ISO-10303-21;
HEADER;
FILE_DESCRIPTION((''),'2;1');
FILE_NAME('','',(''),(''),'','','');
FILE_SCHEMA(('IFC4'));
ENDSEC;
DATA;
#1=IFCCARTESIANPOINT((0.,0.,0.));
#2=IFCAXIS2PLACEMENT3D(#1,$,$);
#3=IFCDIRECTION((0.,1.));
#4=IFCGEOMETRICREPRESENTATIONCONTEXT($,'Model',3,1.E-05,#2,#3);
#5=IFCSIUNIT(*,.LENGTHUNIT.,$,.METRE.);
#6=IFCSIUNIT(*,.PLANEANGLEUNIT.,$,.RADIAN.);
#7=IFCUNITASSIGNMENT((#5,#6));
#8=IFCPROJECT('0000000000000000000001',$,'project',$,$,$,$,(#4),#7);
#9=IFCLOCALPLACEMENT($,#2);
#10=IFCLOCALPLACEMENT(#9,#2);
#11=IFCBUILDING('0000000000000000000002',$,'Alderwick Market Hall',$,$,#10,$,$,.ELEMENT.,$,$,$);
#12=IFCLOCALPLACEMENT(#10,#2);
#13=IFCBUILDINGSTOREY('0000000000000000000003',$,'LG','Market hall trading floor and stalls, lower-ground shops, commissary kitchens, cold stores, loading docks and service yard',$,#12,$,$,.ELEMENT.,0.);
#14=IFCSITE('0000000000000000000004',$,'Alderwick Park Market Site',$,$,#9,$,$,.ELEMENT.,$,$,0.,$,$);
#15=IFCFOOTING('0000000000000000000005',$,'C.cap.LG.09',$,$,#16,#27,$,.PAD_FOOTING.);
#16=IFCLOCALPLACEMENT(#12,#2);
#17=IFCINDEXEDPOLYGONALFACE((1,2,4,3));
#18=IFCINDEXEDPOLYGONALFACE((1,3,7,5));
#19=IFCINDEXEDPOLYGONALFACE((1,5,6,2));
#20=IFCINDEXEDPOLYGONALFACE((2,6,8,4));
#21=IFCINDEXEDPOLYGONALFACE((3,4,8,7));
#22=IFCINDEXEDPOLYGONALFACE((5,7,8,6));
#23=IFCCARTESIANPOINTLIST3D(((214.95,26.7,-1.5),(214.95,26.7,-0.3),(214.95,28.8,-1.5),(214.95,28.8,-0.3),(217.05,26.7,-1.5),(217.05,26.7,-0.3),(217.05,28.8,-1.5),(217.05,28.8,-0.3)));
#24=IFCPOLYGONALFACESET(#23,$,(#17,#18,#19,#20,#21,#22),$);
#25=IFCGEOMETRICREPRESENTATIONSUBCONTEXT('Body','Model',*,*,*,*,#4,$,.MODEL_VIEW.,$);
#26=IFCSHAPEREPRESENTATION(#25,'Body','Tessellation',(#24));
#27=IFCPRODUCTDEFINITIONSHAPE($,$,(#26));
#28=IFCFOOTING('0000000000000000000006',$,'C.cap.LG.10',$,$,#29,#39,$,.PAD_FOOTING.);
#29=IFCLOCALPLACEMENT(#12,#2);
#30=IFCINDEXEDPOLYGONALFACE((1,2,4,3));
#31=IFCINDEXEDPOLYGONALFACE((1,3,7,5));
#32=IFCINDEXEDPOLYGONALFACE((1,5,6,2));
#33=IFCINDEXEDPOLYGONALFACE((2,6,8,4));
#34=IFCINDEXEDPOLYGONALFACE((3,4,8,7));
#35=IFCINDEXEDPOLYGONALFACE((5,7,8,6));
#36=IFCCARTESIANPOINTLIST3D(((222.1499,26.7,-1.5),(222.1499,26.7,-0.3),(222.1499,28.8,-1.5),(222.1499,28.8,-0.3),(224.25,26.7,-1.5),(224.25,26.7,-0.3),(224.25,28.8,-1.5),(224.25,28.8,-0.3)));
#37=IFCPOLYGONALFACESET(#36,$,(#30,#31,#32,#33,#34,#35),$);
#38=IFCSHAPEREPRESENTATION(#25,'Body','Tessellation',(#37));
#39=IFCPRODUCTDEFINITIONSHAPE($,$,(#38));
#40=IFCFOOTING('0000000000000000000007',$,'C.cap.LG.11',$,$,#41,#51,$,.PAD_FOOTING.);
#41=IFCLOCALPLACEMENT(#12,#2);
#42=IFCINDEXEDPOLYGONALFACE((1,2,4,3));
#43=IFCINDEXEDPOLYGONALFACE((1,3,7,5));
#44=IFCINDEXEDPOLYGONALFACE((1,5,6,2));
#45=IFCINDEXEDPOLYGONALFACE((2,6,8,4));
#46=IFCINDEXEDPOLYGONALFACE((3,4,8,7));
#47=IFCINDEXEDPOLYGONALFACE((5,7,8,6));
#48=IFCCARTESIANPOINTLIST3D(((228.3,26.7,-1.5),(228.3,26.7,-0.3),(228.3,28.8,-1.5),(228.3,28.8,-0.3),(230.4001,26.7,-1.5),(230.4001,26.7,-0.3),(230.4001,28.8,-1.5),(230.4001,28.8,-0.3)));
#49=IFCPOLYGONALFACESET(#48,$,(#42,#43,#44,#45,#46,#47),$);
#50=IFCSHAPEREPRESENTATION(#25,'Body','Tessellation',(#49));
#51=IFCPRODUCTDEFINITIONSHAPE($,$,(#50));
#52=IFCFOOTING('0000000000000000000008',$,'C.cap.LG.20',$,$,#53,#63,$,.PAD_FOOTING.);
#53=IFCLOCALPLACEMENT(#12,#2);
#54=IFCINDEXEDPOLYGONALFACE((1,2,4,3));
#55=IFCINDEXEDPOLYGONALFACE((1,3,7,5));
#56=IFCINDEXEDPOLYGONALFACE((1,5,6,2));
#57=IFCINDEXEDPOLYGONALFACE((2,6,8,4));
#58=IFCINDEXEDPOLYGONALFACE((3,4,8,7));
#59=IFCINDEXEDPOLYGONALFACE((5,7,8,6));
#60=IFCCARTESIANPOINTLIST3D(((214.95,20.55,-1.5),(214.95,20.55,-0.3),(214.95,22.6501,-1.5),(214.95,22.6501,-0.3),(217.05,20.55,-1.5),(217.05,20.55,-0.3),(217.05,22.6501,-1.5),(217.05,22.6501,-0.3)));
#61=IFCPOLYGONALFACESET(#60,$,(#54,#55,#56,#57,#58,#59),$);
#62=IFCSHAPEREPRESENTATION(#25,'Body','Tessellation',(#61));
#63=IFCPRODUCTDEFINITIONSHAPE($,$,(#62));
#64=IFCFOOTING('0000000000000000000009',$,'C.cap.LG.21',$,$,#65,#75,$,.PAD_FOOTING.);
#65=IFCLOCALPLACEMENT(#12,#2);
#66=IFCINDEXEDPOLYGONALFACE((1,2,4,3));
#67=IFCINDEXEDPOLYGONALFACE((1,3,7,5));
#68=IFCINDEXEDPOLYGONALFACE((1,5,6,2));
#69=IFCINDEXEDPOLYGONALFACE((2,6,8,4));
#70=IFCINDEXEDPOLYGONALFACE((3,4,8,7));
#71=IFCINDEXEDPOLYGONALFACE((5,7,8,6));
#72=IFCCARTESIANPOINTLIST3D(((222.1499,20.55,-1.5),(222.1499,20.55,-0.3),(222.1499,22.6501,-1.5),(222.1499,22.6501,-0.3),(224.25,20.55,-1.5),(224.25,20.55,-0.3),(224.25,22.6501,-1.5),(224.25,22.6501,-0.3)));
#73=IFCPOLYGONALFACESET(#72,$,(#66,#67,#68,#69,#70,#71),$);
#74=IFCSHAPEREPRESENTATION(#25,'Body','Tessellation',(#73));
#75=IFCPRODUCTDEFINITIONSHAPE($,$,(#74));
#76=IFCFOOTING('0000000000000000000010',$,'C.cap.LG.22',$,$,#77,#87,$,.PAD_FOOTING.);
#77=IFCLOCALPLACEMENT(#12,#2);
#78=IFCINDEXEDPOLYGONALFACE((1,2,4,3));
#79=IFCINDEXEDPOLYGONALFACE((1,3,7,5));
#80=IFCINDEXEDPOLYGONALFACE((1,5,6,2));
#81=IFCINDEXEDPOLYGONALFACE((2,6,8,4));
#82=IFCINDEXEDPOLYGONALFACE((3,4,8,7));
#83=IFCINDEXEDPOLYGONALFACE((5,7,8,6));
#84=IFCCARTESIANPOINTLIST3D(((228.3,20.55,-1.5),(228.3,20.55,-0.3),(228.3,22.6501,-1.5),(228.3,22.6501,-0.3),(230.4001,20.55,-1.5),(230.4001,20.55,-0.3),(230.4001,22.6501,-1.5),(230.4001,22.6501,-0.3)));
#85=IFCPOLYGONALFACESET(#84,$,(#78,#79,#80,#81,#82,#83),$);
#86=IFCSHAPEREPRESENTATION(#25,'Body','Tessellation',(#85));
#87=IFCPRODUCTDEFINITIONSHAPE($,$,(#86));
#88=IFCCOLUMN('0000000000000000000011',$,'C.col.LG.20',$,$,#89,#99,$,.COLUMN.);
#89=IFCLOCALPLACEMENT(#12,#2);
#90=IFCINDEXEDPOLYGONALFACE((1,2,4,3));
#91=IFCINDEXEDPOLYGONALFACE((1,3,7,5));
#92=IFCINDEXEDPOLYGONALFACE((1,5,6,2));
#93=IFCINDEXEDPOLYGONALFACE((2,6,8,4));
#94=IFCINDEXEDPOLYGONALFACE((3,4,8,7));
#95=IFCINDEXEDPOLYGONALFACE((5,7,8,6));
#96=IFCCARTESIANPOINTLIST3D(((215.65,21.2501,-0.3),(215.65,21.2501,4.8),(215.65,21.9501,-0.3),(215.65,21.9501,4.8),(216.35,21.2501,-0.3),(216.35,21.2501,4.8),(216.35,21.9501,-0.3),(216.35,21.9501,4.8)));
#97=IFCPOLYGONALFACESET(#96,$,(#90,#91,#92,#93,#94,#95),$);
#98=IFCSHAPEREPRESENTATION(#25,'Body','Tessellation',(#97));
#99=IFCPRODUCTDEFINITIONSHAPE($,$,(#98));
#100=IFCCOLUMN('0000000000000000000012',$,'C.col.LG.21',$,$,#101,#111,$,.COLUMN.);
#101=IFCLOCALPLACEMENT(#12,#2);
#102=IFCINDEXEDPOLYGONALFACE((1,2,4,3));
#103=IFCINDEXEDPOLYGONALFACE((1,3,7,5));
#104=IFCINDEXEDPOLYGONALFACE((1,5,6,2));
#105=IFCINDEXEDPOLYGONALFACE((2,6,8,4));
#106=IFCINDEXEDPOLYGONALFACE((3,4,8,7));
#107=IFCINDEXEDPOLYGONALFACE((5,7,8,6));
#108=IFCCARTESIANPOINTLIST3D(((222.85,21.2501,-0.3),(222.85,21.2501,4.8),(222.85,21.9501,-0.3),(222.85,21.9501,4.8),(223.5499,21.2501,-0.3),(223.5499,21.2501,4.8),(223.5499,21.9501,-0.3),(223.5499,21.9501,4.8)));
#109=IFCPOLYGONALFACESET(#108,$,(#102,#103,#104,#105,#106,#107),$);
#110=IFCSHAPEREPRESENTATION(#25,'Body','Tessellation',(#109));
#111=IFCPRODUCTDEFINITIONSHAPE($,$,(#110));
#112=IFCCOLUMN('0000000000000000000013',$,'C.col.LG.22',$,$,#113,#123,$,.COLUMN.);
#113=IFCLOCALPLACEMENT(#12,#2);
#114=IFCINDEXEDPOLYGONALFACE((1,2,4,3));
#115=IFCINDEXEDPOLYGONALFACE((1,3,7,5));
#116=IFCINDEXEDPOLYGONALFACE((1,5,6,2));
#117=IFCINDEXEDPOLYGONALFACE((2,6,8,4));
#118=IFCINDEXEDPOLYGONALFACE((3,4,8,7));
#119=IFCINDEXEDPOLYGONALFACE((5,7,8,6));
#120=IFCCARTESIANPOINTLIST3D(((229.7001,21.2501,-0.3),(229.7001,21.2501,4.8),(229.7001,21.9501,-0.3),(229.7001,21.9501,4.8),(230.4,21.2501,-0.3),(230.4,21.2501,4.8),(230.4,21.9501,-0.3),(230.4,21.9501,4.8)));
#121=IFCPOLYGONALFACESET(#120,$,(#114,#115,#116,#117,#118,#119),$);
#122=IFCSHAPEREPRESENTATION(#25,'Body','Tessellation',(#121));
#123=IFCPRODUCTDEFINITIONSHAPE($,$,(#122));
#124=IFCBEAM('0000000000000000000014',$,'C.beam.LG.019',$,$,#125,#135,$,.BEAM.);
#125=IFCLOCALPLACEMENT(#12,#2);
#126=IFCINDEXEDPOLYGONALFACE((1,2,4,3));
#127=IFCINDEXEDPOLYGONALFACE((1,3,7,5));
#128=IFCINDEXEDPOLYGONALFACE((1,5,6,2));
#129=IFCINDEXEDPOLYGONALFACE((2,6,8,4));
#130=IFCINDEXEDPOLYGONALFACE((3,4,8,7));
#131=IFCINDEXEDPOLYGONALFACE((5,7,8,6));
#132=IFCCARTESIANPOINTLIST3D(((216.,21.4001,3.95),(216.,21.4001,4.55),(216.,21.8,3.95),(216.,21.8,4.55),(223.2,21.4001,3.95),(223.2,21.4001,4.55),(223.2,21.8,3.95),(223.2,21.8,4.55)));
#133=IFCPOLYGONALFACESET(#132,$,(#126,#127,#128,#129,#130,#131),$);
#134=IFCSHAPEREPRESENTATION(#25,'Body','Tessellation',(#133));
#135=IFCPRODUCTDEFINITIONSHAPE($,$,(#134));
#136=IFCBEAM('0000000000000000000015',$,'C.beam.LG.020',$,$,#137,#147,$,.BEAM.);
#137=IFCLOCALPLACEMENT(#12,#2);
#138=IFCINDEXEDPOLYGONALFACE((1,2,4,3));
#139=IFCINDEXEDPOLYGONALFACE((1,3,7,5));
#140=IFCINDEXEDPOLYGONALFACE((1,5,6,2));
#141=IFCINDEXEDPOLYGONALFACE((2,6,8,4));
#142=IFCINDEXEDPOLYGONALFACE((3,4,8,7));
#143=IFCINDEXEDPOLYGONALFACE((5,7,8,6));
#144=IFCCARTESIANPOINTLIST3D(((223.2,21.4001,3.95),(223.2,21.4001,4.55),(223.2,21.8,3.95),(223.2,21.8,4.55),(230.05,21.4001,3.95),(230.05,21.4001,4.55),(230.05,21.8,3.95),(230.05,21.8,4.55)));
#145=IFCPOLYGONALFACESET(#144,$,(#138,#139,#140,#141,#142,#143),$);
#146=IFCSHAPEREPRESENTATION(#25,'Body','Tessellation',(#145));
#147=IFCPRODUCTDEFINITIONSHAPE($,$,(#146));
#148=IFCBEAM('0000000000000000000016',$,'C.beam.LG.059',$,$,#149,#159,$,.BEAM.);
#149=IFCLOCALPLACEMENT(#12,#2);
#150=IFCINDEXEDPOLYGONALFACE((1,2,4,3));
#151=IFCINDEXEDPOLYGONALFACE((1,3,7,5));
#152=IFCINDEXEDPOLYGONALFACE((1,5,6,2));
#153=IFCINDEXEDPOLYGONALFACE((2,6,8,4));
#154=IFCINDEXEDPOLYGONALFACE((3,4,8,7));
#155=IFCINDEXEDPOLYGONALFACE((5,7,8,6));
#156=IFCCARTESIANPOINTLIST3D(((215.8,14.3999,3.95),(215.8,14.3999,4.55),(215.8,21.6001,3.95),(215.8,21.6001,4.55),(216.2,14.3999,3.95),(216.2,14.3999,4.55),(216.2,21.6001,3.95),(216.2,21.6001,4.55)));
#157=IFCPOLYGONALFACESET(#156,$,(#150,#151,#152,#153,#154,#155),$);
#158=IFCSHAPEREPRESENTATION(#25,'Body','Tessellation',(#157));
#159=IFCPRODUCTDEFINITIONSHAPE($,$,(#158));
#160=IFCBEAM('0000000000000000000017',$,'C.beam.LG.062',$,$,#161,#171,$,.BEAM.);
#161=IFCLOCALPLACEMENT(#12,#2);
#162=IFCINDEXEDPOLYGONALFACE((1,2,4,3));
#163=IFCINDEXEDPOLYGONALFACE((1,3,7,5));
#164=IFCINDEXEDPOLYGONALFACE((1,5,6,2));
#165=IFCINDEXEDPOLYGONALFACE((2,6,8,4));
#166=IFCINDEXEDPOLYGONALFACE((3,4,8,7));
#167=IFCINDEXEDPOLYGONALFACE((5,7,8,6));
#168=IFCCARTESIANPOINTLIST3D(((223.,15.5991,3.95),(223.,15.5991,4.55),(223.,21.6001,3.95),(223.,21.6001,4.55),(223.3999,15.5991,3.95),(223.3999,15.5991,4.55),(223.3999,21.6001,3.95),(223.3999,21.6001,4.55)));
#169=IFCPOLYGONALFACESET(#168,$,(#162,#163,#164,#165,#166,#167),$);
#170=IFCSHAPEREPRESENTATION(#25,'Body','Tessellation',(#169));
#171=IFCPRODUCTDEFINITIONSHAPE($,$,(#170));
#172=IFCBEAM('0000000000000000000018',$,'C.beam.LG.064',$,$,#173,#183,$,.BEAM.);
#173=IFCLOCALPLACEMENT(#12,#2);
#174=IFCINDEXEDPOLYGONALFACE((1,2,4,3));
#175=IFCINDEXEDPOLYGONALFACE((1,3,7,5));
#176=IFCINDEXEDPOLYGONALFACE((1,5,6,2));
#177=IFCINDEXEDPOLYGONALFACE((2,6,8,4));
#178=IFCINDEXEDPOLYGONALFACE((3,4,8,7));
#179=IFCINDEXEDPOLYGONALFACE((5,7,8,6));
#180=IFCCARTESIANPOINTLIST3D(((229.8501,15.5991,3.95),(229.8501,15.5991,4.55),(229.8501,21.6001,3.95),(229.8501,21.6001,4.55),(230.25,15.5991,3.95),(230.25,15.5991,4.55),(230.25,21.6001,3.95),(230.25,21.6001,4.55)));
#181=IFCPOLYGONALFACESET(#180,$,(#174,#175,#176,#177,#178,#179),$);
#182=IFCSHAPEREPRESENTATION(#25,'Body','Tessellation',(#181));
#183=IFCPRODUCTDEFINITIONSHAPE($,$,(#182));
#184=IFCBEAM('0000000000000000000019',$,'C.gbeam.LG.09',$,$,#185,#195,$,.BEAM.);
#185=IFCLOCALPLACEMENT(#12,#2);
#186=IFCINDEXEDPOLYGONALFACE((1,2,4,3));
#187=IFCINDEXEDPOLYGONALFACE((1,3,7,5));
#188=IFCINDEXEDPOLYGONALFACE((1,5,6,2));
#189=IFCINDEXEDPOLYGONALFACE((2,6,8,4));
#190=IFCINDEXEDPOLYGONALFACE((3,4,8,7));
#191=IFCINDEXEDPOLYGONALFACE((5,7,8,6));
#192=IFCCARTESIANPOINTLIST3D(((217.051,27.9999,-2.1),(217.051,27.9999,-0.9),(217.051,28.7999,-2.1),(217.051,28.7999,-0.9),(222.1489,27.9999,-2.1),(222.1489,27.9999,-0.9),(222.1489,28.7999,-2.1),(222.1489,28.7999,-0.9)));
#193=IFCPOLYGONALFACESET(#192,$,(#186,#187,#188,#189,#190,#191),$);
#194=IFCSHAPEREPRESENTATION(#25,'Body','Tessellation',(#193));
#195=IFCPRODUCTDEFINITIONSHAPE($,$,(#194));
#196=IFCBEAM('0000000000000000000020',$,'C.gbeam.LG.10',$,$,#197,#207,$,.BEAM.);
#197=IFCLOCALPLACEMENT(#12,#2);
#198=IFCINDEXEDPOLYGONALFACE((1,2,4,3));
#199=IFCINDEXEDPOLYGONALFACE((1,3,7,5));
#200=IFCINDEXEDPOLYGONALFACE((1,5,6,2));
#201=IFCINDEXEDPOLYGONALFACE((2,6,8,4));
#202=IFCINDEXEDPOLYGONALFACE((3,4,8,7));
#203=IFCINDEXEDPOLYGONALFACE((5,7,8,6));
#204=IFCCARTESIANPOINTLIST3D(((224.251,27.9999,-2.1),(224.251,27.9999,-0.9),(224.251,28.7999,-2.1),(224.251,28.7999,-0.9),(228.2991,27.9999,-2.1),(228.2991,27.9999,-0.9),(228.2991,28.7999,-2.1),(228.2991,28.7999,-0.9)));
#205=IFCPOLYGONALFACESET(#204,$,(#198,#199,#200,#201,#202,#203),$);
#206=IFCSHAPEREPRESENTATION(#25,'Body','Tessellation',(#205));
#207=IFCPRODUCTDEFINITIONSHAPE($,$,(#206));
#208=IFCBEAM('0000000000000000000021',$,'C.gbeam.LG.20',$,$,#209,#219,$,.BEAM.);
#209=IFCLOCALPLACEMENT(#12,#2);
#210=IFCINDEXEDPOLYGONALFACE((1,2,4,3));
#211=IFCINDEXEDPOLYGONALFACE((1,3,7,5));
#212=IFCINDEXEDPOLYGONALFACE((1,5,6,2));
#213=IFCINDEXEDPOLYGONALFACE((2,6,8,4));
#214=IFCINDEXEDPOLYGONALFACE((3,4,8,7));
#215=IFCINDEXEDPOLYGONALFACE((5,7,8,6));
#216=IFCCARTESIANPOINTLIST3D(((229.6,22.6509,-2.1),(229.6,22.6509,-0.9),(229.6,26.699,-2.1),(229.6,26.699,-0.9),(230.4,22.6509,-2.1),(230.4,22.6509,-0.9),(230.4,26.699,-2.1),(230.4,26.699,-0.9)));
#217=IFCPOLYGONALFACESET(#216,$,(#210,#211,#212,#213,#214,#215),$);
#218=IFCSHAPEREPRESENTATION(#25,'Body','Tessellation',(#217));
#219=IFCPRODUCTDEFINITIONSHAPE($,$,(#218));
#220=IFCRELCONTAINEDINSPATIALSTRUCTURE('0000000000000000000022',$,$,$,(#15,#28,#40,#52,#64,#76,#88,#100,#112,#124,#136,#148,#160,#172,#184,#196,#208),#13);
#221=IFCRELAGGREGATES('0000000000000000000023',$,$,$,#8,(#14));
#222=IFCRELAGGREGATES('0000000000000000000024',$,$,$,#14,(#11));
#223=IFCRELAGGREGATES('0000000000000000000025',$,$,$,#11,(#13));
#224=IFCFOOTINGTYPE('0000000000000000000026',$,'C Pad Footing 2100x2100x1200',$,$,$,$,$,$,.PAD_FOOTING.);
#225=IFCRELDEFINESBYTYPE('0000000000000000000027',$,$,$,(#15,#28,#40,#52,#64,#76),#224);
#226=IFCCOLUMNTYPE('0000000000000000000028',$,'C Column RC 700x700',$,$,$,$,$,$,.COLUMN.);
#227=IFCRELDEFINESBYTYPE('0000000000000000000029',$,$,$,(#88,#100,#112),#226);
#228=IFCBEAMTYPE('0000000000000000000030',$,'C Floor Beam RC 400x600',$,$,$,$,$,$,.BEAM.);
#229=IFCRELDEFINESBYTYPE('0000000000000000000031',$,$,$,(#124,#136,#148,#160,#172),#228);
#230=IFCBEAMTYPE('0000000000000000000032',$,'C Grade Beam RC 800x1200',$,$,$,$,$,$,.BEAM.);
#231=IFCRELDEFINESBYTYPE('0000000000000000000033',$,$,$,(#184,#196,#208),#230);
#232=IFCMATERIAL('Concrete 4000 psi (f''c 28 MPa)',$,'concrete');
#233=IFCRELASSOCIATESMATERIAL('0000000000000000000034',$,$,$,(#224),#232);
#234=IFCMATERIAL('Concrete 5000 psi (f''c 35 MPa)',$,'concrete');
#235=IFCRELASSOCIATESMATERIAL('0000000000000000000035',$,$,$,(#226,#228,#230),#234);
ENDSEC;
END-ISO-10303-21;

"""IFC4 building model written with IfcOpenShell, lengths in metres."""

from ifc_helpers import new_model, si_unit, direction, frame, origin, origin_2d, place, context, subcontext, project, spatial, rectangle, extrude, material, material_profile, profile_set, type_object, element, save


model = new_model("IFC4")

# Units and contexts
model_context = context("Model", 3, precision=1e-05, world=origin(), true_north=direction((0.0, 1.0)))
body_context = subcontext(model_context, "Body", "Model", "MODEL_VIEW")
ifc_project = project(units=[si_unit("LENGTHUNIT", "METRE"), si_unit("PLANEANGLEUNIT", "RADIAN")], contexts=[model_context])

# Site, building, storey
site_placement = place(None, origin())
site = spatial("IfcSite", under=ifc_project, at=site_placement, Name="Alderwick Park Market Site", CompositionType="ELEMENT", RefElevation=0.0)
building_placement = place(site_placement, origin())
building = spatial("IfcBuilding", under=site, at=building_placement, Name="Alderwick Market Hall", CompositionType="ELEMENT")
storey_placement = place(building_placement, origin())
storey = spatial("IfcBuildingStorey", under=building, at=storey_placement, Name="LG", Description="Market hall trading floor and stalls, lower-ground shops, commissary kitchens, cold stores, loading docks and service yard", CompositionType="ELEMENT", Elevation=0.0)

# Footings
ifc_material_1 = material(Name="Concrete 4000 psi (f'c 28 MPa)", Category="concrete")
footing_type = type_object("IfcFootingType", Name="C Pad Footing 2100x2100x1200", PredefinedType="PAD_FOOTING", material=ifc_material_1)
for number, where, z_axis, x_axis, name in (
    (1, (216.0, 27.75, -1.5), (0.0, 0.0, 1.0), (1.0, 0.0, 0.0), "C.cap.LG.09"),
    (2, (223.2, 27.75, -1.5), (0.0, 0.0, 1.0), (1.0, 0.0, 0.0), "C.cap.LG.10"),
    (3, (229.3501, 27.75, -1.5), (0.0, 0.0, 1.0), (1.0, 0.0, 0.0), "C.cap.LG.11"),
    (4, (216.0, 21.6001, -1.5), (0.0, 0.0, 1.0), (1.0, 0.0, 0.0), "C.cap.LG.20"),
    (5, (223.2, 21.6001, -1.5), (0.0, 0.0, 1.0), (1.0, 0.0, 0.0), "C.cap.LG.21"),
    (6, (229.3501, 21.6001, -1.5), (0.0, 0.0, 1.0), (1.0, 0.0, 0.0), "C.cap.LG.22"),
):
    element("IfcFooting", number, at=place(storey_placement, frame(where, z_axis=z_axis, x_axis=x_axis)), inside=storey, type_object=footing_type, Name=name, PredefinedType="PAD_FOOTING", context=body_context, shape_type="SweptSolid", body=[
        extrude(rectangle(XDim=2.1001, YDim=2.1001, at=origin_2d()), origin(), (0.0, 0.0, 1.0), 1.2),
    ])

# Columns
ifc_material_2 = material(Name="Concrete 5000 psi (f'c 35 MPa)", Category="concrete")
ifc_material_profile_1 = material_profile(ifc_material_2, rectangle(XDim=0.7, YDim=0.7, at=origin_2d()), Name="RC 700x700")
ifc_profile_set_1 = profile_set([ifc_material_profile_1], Name="Concrete 5000 psi (f'c 35 MPa)")
column_type = type_object("IfcColumnType", Name="C Column RC 700x700", PredefinedType="COLUMN", material=ifc_profile_set_1)
for number, where, z_axis, x_axis, name in (
    (7, (216.0, 21.6001, -0.3), (0.0, 0.0, 1.0), (1.0, 0.0, 0.0), "C.col.LG.20"),
    (8, (223.2, 21.6001, -0.3), (0.0, 0.0, 1.0), (1.0, 0.0, 0.0), "C.col.LG.21"),
    (9, (230.05, 21.6001, -0.3), (0.0, 0.0, 1.0), (1.0, 0.0, 0.0), "C.col.LG.22"),
):
    element("IfcColumn", number, at=place(storey_placement, frame(where, z_axis=z_axis, x_axis=x_axis)), inside=storey, type_object=column_type, Name=name, PredefinedType="COLUMN", context=body_context, shape_type="SweptSolid", body=[
        extrude(rectangle(XDim=0.7, YDim=0.7, at=origin_2d()), origin(), (0.0, 0.0, 1.0), 5.1001),
    ])

# Beams
ifc_material_profile_2 = material_profile(ifc_material_2, rectangle(XDim=0.3999, YDim=0.6001, at=origin_2d()), Name="RC 400x600")
ifc_profile_set_2 = profile_set([ifc_material_profile_2], Name="Concrete 5000 psi (f'c 35 MPa)")
beam_type_1 = type_object("IfcBeamType", Name="C Floor Beam RC 400x600", PredefinedType="BEAM", material=ifc_profile_set_2)
beam_1_placement = place(storey_placement, frame((216.0, 21.6001, 4.25), z_axis=(1.0, 0.0, 0.0), x_axis=(0.0, 1.0, 0.0)))
element("IfcBeam", 10, at=beam_1_placement, inside=storey, type_object=beam_type_1, Name="C.beam.LG.019", PredefinedType="BEAM", context=body_context, shape_type="SweptSolid", body=[
    extrude(rectangle(XDim=0.3999, YDim=0.6001, at=origin_2d()), origin(), (0.0, 0.0, 1.0), 7.2),
])
beam_2_placement = place(storey_placement, frame((223.2, 21.6001, 4.25), z_axis=(1.0, 0.0, 0.0), x_axis=(0.0, 1.0, 0.0)))
element("IfcBeam", 11, at=beam_2_placement, inside=storey, type_object=beam_type_1, Name="C.beam.LG.020", PredefinedType="BEAM", context=body_context, shape_type="SweptSolid", body=[
    extrude(rectangle(XDim=0.3999, YDim=0.6001, at=origin_2d()), origin(), (0.0, 0.0, 1.0), 6.8501),
])
beam_3_placement = place(storey_placement, frame((216.0, 21.6001, 4.25), z_axis=(0.0, -1.0, 0.0), x_axis=(1.0, 0.0, 0.0)))
element("IfcBeam", 12, at=beam_3_placement, inside=storey, type_object=beam_type_1, Name="C.beam.LG.059", PredefinedType="BEAM", context=body_context, shape_type="SweptSolid", body=[
    extrude(rectangle(XDim=0.3999, YDim=0.6001, at=origin_2d()), origin(), (0.0, 0.0, 1.0), 7.2002),
])
for number, where, z_axis, x_axis, name in (
    (13, (223.2, 21.6001, 4.25), (0.0, -1.0, 0.0), (1.0, 0.0, 0.0), "C.beam.LG.062"),
    (14, (230.05, 21.6001, 4.25), (0.0, -1.0, 0.0), (1.0, 0.0, 0.0), "C.beam.LG.064"),
):
    element("IfcBeam", number, at=place(storey_placement, frame(where, z_axis=z_axis, x_axis=x_axis)), inside=storey, type_object=beam_type_1, Name=name, PredefinedType="BEAM", context=body_context, shape_type="SweptSolid", body=[
        extrude(rectangle(XDim=0.3999, YDim=0.6001, at=origin_2d()), origin(), (0.0, 0.0, 1.0), 6.001),
    ])
ifc_material_profile_3 = material_profile(ifc_material_2, rectangle(XDim=0.8, YDim=1.2, at=origin_2d()), Name="RC 800x1200")
ifc_profile_set_3 = profile_set([ifc_material_profile_3], Name="Concrete 5000 psi (f'c 35 MPa)")
beam_type_2 = type_object("IfcBeamType", Name="C Grade Beam RC 800x1200", PredefinedType="BEAM", material=ifc_profile_set_3)
beam_4_placement = place(storey_placement, frame((217.051, 28.3999, -1.5), z_axis=(1.0, 0.0, 0.0), x_axis=(0.0, 1.0, 0.0)))
element("IfcBeam", 15, at=beam_4_placement, inside=storey, type_object=beam_type_2, Name="C.gbeam.LG.09", PredefinedType="BEAM", context=body_context, shape_type="SweptSolid", body=[
    extrude(rectangle(XDim=0.8, YDim=1.2, at=origin_2d()), origin(), (0.0, 0.0, 1.0), 5.0979),
])
for number, where, z_axis, x_axis, name in (
    (16, (224.251, 28.3999, -1.5), (1.0, 0.0, 0.0), (0.0, 1.0, 0.0), "C.gbeam.LG.10"),
    (17, (230.0, 22.6509, -1.5), (0.0, 1.0, 0.0), (-1.0, 0.0, 0.0), "C.gbeam.LG.20"),
):
    element("IfcBeam", number, at=place(storey_placement, frame(where, z_axis=z_axis, x_axis=x_axis)), inside=storey, type_object=beam_type_2, Name=name, PredefinedType="BEAM", context=body_context, shape_type="SweptSolid", body=[
        extrude(rectangle(XDim=0.8, YDim=1.2, at=origin_2d()), origin(), (0.0, 0.0, 1.0), 4.0481),
    ])

save(model, "model.ifc")
